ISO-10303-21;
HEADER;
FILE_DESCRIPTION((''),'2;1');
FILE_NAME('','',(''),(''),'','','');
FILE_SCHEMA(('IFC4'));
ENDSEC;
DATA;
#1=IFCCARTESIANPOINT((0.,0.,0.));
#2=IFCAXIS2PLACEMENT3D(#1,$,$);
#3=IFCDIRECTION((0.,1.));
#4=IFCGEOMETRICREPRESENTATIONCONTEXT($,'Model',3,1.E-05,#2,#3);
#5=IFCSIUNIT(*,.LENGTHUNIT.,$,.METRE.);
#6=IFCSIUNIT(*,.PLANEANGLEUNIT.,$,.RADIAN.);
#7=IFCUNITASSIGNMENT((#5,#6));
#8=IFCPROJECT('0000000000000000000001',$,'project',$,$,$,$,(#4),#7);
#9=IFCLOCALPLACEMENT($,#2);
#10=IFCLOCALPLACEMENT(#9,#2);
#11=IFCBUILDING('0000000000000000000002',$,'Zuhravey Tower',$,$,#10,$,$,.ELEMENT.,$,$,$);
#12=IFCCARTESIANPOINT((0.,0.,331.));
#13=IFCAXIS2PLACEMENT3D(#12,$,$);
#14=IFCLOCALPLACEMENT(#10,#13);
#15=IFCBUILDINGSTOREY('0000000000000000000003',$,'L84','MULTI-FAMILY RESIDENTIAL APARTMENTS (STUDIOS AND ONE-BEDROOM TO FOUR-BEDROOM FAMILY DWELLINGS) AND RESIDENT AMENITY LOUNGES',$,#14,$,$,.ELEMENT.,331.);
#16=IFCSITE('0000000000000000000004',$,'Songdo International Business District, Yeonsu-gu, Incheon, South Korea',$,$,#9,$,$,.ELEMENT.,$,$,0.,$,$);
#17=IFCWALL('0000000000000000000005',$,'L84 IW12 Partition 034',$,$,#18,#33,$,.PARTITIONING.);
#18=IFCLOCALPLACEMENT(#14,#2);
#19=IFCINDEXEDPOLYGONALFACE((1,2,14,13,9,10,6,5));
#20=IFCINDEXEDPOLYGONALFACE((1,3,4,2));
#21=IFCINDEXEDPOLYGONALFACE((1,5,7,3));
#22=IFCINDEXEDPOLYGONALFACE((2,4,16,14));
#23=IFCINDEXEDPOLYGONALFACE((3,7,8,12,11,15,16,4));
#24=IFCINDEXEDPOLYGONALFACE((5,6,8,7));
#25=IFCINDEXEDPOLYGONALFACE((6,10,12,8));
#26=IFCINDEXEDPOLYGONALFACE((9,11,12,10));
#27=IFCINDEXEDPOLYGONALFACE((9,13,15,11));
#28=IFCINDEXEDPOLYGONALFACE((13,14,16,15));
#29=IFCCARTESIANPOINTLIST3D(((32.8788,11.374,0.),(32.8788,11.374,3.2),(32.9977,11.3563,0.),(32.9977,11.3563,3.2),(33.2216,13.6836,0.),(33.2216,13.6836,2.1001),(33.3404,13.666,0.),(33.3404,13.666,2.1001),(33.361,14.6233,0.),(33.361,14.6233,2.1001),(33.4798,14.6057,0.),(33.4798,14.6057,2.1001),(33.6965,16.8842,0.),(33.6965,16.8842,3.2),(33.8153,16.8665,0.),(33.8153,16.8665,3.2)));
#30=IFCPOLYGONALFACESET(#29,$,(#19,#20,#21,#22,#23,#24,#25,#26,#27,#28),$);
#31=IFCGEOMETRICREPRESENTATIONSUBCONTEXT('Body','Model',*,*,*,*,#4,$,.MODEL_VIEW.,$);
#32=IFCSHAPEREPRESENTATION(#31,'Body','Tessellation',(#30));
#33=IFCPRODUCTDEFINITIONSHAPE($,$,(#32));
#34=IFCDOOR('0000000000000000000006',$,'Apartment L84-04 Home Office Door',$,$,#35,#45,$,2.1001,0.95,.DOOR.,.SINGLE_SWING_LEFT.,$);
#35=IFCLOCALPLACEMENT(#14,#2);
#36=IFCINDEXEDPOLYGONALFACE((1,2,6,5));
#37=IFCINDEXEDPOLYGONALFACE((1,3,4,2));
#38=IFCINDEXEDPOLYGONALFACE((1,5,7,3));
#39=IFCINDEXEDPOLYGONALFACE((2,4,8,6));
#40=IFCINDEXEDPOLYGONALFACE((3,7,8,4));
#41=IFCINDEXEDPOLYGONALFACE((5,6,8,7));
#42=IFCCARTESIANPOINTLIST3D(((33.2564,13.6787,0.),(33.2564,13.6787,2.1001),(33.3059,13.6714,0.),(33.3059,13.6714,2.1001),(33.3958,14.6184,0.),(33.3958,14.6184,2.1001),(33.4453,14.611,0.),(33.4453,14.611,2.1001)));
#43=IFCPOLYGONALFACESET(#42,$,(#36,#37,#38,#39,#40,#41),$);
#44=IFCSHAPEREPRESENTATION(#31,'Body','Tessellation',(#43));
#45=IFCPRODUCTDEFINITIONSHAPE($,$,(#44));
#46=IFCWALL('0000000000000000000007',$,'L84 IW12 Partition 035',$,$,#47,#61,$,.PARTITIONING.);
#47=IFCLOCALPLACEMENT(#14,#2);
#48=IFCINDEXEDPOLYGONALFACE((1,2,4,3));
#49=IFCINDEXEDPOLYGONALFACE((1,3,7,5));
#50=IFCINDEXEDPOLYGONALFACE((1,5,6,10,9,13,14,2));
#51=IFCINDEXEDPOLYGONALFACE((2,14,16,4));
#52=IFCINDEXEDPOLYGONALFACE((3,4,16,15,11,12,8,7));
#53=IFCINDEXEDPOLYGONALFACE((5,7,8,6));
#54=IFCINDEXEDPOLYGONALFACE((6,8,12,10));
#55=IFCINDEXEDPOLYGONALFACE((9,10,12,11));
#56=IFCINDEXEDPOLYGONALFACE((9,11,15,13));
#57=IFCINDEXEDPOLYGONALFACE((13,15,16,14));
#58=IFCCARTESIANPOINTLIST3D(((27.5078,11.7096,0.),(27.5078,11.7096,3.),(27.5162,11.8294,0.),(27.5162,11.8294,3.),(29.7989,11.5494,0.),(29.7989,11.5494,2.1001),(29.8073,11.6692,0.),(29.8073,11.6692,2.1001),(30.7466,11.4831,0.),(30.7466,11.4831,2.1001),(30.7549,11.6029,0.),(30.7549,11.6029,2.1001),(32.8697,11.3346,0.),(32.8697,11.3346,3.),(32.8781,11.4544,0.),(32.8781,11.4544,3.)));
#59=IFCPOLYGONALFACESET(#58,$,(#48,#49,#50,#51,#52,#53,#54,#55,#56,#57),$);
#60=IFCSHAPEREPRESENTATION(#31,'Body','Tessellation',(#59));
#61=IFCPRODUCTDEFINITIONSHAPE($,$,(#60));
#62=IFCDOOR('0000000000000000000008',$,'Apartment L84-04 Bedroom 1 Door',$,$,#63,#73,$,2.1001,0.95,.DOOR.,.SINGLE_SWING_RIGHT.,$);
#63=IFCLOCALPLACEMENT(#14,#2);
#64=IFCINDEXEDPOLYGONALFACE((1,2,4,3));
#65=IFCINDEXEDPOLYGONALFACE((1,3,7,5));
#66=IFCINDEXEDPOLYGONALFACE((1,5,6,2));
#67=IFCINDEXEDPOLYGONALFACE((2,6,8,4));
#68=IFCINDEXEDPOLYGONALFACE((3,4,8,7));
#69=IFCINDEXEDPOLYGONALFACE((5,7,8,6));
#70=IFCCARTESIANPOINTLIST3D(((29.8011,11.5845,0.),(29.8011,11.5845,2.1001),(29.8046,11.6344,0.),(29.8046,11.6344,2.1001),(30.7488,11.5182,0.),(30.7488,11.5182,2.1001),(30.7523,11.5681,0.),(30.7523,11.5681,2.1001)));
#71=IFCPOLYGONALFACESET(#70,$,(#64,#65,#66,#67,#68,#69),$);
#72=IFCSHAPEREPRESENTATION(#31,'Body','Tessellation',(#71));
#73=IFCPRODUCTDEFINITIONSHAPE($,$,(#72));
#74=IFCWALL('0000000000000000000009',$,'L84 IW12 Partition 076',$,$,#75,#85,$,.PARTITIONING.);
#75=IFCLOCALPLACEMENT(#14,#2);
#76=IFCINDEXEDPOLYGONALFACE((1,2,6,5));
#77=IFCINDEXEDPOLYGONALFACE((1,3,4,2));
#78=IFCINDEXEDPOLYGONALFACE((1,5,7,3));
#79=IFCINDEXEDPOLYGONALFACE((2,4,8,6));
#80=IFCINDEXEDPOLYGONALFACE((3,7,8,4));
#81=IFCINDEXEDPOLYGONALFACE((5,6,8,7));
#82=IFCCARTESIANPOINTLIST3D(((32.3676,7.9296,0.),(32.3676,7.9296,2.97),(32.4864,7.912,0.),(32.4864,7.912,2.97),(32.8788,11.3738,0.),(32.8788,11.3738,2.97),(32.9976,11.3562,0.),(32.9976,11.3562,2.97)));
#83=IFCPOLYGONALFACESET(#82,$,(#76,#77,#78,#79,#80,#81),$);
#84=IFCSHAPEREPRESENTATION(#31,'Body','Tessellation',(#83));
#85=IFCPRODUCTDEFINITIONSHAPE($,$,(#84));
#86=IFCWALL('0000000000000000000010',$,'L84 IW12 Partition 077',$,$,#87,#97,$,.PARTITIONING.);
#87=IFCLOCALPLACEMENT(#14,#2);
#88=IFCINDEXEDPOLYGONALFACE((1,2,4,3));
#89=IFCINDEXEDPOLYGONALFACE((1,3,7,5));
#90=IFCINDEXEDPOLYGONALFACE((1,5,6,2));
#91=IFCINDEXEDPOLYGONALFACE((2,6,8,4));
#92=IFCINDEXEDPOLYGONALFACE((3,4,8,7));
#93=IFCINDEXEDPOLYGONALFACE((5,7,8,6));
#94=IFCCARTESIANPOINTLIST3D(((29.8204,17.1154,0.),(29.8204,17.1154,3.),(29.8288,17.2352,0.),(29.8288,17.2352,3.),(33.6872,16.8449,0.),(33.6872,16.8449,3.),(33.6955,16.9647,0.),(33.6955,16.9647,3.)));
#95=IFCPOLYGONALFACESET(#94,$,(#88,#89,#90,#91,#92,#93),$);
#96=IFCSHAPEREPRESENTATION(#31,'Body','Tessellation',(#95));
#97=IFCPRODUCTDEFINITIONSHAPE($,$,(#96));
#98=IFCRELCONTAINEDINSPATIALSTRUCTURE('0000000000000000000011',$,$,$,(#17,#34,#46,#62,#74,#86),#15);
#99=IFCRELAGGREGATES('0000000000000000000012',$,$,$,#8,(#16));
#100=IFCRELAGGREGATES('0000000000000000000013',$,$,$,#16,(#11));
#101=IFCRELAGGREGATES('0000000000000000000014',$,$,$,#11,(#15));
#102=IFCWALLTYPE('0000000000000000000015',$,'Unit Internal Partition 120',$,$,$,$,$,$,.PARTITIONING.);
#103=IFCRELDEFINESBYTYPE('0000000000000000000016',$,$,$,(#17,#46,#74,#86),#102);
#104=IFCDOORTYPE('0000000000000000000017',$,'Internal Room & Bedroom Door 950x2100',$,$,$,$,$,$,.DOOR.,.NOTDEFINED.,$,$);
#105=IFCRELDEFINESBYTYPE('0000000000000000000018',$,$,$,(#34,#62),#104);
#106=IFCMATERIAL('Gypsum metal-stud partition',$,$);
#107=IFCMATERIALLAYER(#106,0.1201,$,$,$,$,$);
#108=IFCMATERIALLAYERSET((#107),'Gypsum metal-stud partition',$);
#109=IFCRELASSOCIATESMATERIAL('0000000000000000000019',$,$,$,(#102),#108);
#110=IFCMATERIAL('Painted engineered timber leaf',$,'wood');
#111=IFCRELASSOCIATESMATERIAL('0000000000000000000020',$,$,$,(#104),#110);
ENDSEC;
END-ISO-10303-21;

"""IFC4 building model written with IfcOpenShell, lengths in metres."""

from ifc_helpers import new_model, si_unit, direction, frame, frame_2d, origin, place, context, subcontext, project, spatial, rectangle, extrude, material, layer, layer_set, type_object, element, fill, save


model = new_model("IFC4")

# Units and contexts
model_context = context("Model", 3, precision=1e-05, world=origin(), true_north=direction((0.0, 1.0)))
body_context = subcontext(model_context, "Body", "Model", "MODEL_VIEW")
ifc_project = project(units=[si_unit("LENGTHUNIT", "METRE"), si_unit("PLANEANGLEUNIT", "RADIAN")], contexts=[model_context])

# Site, building, storey
site_placement = place(None, origin())
site = spatial("IfcSite", under=ifc_project, at=site_placement, Name="Songdo International Business District, Yeonsu-gu, Incheon, South Korea", CompositionType="ELEMENT", RefElevation=0.0)
building_placement = place(site_placement, origin())
building = spatial("IfcBuilding", under=site, at=building_placement, Name="Zuhravey Tower", CompositionType="ELEMENT")
storey_placement = place(building_placement, frame((0.0, 0.0, 331.0)))
storey = spatial("IfcBuildingStorey", under=building, at=storey_placement, Name="L84", Description="MULTI-FAMILY RESIDENTIAL APARTMENTS (STUDIOS AND ONE-BEDROOM TO FOUR-BEDROOM FAMILY DWELLINGS) AND RESIDENT AMENITY LOUNGES", CompositionType="ELEMENT", Elevation=331.0)

# Walls, openings, doors
ifc_material_1 = material(Name="Gypsum metal-stud partition")
ifc_layer_1 = layer(ifc_material_1, 0.1201)
ifc_layer_set_1 = layer_set([ifc_layer_1], Name="Gypsum metal-stud partition")
wall_type_1 = type_object("IfcWallType", Name="Unit Internal Partition 120", PredefinedType="PARTITIONING", material=ifc_layer_set_1)
ifc_material_2 = material(Name="Painted engineered timber leaf", Category="wood")
door_type_1 = type_object("IfcDoorType", Name="Internal Room & Bedroom Door 950x2100", OperationType="NOTDEFINED", PredefinedType="DOOR", material=ifc_material_2)
wall_1_placement = place(storey_placement, frame((33.7559, 16.8752, 0.0), z_axis=(0.0, 0.0, 1.0), x_axis=(-0.146776, -0.98917, 0.0)))
wall_1 = element("IfcWall", 1, at=wall_1_placement, inside=storey, type_object=wall_type_1, Name="L84 IW12 Partition 034", PredefinedType="PARTITIONING", context=body_context, shape_type="SweptSolid", body=[
    extrude(rectangle(XDim=5.5706, YDim=0.1201, at=frame_2d((2.7852, 0.0))), origin(), (0.0, 0.0, 1.0), 3.2),
])
opening_1_placement = place(wall_1_placement, frame((2.2854, 0.0, 0.0)))
opening_1 = element("IfcOpeningElement", 2, at=opening_1_placement, cuts=wall_1, PredefinedType="OPENING", context=body_context, shape_type="SweptSolid", body=[
    extrude(rectangle(XDim=0.95, YDim=2.1001, at=frame_2d((0.4751, 1.05))), frame((0.0, 0.072, 0.0), z_axis=(0.0, -1.0, 0.0), x_axis=(1.0, 0.0, 0.0)), (0.0, 0.0, 1.0), 0.144),
])
door_1_placement = place(opening_1_placement, frame((0.95, 0.0, 0.0), z_axis=(0.0, 0.0, 1.0), x_axis=(-1.0, 0.0, 0.0)))
door_1 = element("IfcDoor", 3, at=door_1_placement, inside=storey, type_object=door_type_1, Name="Apartment L84-04 Home Office Door", OperationType="SINGLE_SWING_LEFT", OverallHeight=2.1001, OverallWidth=0.95, PredefinedType="DOOR", context=body_context, shape_type="SweptSolid", body=[
    extrude(rectangle(XDim=0.95, YDim=2.1001, at=frame_2d((0.4751, 1.05))), frame((0.0, 0.0249, 0.0), z_axis=(0.0, -1.0, 0.0), x_axis=(1.0, 0.0, 0.0)), (0.0, 0.0, 1.0), 0.05),
])
fill(opening_1, door_1)
wall_2_placement = place(storey_placement, frame((27.512, 11.7695, 0.0), z_axis=(0.0, 0.0, 1.0), x_axis=(0.997563, -0.069769, 0.0)))
wall_2 = element("IfcWall", 4, at=wall_2_placement, inside=storey, type_object=wall_type_1, Name="L84 IW12 Partition 035", PredefinedType="PARTITIONING", context=body_context, shape_type="SweptSolid", body=[
    extrude(rectangle(XDim=5.375, YDim=0.1201, at=frame_2d((2.6875, 0.0))), origin(), (0.0, 0.0, 1.0), 3.0),
])
opening_2_placement = place(wall_2_placement, frame((2.2966, 0.0, 0.0)))
opening_2 = element("IfcOpeningElement", 5, at=opening_2_placement, cuts=wall_2, PredefinedType="OPENING", context=body_context, shape_type="SweptSolid", body=[
    extrude(rectangle(XDim=0.95, YDim=2.1001, at=frame_2d((0.4751, 1.05))), frame((0.0, 0.072, 0.0), z_axis=(0.0, -1.0, 0.0), x_axis=(1.0, 0.0, 0.0)), (0.0, 0.0, 1.0), 0.144),
])
door_2_placement = place(opening_2_placement, frame((0.95, 0.0, 0.0), z_axis=(0.0, 0.0, 1.0), x_axis=(-1.0, 0.0, 0.0)))
door_2 = element("IfcDoor", 6, at=door_2_placement, inside=storey, type_object=door_type_1, Name="Apartment L84-04 Bedroom 1 Door", OperationType="SINGLE_SWING_RIGHT", OverallHeight=2.1001, OverallWidth=0.95, PredefinedType="DOOR", context=body_context, shape_type="SweptSolid", body=[
    extrude(rectangle(XDim=0.95, YDim=2.1001, at=frame_2d((0.4751, 1.05))), frame((0.0, 0.0249, 0.0), z_axis=(0.0, -1.0, 0.0), x_axis=(1.0, 0.0, 0.0)), (0.0, 0.0, 1.0), 0.05),
])
fill(opening_2, door_2)

# Walls
wall_3_placement = place(storey_placement, frame((32.9382, 11.365, 0.0), z_axis=(0.0, 0.0, 1.0), x_axis=(-0.146828, -0.989162, 0.0)))
element("IfcWall", 7, at=wall_3_placement, inside=storey, type_object=wall_type_1, Name="L84 IW12 Partition 076", PredefinedType="PARTITIONING", context=body_context, shape_type="SweptSolid", body=[
    extrude(rectangle(XDim=3.4819, YDim=0.1201, at=frame_2d((1.741, 0.0))), origin(), (0.0, 0.0, 1.0), 2.97),
])
wall_4_placement = place(storey_placement, frame((29.8247, 17.1753, 0.0), z_axis=(0.0, 0.0, 1.0), x_axis=(0.997562, -0.069788, 0.0)))
element("IfcWall", 8, at=wall_4_placement, inside=storey, type_object=wall_type_1, Name="L84 IW12 Partition 077", PredefinedType="PARTITIONING", context=body_context, shape_type="SweptSolid", body=[
    extrude(rectangle(XDim=3.8762, YDim=0.1201, at=frame_2d((1.938, 0.0))), origin(), (0.0, 0.0, 1.0), 3.0),
])

save(model, "model.ifc")
